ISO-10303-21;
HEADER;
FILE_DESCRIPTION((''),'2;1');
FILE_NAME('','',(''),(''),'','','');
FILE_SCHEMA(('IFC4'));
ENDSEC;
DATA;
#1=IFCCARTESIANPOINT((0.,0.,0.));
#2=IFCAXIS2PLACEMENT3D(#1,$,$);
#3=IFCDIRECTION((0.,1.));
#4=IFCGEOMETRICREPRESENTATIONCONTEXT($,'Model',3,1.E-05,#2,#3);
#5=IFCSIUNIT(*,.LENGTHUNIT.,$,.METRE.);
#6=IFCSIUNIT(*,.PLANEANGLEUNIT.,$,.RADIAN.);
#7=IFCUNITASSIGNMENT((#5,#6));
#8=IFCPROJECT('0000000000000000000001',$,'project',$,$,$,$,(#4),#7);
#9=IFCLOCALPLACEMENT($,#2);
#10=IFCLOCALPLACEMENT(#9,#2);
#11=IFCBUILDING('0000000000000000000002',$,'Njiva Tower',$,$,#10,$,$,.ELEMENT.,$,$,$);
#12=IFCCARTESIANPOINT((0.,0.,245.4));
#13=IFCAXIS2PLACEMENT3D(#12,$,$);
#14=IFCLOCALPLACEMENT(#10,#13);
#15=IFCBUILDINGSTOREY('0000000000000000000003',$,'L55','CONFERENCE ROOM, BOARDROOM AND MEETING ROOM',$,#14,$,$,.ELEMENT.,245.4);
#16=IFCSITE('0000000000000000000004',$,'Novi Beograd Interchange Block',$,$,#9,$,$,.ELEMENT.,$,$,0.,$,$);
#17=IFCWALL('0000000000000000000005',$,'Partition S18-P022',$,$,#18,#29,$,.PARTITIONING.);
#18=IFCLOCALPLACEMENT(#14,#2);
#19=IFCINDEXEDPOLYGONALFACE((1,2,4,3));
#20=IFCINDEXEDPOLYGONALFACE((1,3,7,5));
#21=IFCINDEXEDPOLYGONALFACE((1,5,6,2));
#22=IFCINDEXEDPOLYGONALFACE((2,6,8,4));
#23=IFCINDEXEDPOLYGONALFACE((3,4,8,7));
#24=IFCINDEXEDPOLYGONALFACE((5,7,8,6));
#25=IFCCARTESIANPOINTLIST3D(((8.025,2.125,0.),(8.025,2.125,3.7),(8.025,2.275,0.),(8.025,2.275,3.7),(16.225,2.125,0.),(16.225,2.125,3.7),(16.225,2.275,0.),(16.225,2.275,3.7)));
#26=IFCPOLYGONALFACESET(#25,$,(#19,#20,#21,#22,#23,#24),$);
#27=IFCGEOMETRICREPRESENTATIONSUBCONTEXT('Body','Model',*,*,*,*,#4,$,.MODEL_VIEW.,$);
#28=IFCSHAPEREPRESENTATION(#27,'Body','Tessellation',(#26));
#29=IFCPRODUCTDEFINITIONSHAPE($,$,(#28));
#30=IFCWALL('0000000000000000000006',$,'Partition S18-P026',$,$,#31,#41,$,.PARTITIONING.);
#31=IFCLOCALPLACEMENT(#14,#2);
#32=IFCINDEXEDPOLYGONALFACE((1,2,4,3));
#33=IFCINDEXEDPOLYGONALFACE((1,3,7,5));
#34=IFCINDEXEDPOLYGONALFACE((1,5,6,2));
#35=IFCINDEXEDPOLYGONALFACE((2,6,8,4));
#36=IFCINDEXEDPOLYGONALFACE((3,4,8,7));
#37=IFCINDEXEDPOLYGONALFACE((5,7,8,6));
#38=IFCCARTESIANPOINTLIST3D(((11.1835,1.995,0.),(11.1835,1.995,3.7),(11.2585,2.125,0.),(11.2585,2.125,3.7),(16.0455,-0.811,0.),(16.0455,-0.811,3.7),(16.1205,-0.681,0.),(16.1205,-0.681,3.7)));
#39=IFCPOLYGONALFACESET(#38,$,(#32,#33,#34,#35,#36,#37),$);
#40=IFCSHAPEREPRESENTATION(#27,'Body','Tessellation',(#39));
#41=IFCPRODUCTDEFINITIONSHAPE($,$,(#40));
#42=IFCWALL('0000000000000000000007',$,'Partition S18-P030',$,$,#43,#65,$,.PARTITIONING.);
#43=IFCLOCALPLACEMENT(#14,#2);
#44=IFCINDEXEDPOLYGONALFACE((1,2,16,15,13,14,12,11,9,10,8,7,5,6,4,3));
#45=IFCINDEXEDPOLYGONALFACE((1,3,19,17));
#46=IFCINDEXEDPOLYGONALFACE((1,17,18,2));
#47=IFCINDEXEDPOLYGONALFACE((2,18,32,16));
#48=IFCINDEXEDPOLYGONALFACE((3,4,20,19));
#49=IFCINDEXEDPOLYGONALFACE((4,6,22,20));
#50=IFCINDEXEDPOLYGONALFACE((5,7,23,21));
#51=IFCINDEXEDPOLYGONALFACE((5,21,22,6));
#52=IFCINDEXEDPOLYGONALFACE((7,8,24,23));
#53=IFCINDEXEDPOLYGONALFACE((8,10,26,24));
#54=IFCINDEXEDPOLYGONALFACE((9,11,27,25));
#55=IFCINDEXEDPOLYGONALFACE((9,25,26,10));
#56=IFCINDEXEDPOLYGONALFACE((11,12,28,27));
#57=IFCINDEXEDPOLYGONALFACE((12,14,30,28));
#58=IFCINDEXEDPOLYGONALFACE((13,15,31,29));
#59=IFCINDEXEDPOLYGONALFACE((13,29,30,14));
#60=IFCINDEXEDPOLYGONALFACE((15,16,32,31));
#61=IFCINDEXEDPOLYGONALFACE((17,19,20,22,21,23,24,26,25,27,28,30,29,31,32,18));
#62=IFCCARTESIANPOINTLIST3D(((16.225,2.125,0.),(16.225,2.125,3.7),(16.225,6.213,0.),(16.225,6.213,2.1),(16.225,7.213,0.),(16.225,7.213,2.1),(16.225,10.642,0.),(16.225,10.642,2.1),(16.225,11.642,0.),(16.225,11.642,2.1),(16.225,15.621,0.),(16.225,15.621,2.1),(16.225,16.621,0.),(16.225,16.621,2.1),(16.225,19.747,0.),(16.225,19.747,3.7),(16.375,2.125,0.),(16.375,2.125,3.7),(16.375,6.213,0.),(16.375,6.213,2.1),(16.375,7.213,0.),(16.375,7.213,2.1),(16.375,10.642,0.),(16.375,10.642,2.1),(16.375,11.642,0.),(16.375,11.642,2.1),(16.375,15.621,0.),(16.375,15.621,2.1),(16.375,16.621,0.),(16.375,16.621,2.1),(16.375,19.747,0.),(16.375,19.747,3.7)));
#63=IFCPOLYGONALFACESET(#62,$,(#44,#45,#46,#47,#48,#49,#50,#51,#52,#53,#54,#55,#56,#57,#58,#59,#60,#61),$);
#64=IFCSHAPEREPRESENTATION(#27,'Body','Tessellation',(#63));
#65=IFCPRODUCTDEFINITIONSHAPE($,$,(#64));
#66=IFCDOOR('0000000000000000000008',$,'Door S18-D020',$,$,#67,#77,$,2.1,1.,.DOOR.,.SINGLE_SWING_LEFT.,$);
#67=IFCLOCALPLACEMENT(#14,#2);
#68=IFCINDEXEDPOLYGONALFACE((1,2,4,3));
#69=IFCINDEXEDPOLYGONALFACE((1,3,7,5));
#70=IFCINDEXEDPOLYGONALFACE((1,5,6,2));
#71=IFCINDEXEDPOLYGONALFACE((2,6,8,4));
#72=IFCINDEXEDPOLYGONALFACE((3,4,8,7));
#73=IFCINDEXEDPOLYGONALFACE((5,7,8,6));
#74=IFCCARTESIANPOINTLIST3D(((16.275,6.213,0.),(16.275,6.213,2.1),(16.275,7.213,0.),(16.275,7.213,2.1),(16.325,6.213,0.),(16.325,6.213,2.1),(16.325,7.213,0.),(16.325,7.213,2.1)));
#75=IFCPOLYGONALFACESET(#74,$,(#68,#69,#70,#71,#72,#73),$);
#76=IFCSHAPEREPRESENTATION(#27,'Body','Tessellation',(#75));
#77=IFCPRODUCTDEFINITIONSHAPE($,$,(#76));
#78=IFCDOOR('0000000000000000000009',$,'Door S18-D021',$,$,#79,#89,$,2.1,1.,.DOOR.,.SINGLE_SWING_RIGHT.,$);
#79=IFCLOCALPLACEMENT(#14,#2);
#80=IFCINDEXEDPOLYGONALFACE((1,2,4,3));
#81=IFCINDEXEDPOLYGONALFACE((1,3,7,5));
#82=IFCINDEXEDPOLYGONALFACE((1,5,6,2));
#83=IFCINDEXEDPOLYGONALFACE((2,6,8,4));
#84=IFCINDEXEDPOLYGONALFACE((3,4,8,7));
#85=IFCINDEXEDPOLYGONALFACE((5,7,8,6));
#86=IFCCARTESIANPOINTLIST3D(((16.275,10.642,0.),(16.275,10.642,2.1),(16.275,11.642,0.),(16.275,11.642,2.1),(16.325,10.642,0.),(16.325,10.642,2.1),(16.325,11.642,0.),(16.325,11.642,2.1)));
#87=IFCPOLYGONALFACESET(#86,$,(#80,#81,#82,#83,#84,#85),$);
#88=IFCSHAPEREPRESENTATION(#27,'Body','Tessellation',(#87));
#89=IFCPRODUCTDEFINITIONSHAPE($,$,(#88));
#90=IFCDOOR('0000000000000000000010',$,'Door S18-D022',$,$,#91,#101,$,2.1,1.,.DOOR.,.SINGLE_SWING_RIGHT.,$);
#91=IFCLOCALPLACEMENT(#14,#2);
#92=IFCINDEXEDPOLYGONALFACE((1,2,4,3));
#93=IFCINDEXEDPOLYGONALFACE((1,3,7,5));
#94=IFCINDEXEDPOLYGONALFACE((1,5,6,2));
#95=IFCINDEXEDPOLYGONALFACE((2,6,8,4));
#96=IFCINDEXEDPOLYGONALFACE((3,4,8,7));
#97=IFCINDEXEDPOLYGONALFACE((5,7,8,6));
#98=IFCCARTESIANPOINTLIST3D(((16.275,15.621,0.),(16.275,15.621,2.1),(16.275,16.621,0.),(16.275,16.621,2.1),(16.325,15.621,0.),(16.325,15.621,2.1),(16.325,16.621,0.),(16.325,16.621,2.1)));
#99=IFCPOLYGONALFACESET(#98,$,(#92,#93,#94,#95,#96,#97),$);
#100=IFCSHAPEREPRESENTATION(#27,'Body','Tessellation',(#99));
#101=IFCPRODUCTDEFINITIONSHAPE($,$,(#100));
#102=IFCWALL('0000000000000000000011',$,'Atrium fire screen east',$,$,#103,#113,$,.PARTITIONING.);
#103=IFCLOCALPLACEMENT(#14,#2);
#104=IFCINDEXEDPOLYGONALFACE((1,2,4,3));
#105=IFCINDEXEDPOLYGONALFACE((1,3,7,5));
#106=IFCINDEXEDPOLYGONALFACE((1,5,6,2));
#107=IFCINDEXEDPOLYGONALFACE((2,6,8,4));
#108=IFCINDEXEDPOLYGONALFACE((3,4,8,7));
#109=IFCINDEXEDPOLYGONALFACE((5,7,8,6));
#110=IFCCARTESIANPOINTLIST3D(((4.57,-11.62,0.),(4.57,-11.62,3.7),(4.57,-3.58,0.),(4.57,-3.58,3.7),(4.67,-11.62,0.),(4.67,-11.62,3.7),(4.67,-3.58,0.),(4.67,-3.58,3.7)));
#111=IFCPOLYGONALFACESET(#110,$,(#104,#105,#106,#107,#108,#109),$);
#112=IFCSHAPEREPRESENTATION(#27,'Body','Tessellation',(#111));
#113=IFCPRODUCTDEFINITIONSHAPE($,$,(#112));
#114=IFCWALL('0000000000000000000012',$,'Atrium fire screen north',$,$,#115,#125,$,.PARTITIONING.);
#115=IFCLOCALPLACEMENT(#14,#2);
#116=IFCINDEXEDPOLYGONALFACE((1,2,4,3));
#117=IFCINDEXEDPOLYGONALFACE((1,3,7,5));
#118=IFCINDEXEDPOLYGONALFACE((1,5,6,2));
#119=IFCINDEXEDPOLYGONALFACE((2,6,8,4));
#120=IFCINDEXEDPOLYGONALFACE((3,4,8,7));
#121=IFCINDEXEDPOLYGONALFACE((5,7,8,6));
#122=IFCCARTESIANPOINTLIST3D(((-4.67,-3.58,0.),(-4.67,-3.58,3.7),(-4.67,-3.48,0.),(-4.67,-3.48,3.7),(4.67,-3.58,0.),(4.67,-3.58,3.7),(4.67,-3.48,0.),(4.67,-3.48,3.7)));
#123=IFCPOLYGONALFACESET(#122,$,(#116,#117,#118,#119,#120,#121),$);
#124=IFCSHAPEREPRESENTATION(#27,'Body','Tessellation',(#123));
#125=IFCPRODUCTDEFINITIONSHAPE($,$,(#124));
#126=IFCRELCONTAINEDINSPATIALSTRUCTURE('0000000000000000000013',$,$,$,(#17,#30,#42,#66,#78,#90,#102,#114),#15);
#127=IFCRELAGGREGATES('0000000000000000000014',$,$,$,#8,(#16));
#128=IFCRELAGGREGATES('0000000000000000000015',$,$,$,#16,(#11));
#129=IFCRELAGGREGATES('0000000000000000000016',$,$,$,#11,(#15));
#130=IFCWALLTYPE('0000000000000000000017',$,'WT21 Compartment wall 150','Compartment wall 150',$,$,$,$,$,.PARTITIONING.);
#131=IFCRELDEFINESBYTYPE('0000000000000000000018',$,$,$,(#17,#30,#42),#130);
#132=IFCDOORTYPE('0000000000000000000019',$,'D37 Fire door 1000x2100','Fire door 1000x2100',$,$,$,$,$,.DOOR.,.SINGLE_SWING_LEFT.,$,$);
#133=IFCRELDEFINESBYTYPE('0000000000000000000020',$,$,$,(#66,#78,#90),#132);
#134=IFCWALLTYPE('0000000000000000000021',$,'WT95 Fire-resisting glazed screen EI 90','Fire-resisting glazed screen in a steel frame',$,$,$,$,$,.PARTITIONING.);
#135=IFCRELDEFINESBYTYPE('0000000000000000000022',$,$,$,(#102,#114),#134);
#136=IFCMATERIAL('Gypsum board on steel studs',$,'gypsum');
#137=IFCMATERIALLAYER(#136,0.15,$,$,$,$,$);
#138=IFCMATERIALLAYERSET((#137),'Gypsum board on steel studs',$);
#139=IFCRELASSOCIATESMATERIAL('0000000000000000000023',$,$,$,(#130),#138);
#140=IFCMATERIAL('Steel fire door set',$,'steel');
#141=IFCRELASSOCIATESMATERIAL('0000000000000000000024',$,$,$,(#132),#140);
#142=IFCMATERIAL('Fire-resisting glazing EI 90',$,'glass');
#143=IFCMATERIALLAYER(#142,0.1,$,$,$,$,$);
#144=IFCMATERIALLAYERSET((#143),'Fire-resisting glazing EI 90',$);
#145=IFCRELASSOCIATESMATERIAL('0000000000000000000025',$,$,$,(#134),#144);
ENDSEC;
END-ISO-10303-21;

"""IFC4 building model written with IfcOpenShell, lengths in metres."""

from ifc_helpers import new_model, si_unit, direction, frame, frame_2d, origin, place, context, subcontext, project, spatial, rectangle, extrude, material, layer, layer_set, type_object, element, fill, save


model = new_model("IFC4")

# Units and contexts
model_context = context("Model", 3, precision=1e-05, world=origin(), true_north=direction((0.0, 1.0)))
body_context = subcontext(model_context, "Body", "Model", "MODEL_VIEW")
ifc_project = project(units=[si_unit("LENGTHUNIT", "METRE"), si_unit("PLANEANGLEUNIT", "RADIAN")], contexts=[model_context])

# Site, building, storey
site_placement = place(None, origin())
site = spatial("IfcSite", under=ifc_project, at=site_placement, Name="Novi Beograd Interchange Block", CompositionType="ELEMENT", RefElevation=0.0)
building_placement = place(site_placement, origin())
building = spatial("IfcBuilding", under=site, at=building_placement, Name="Njiva Tower", CompositionType="ELEMENT")
storey_placement = place(building_placement, frame((0.0, 0.0, 245.4)))
storey = spatial("IfcBuildingStorey", under=building, at=storey_placement, Name="L55", Description="CONFERENCE ROOM, BOARDROOM AND MEETING ROOM", CompositionType="ELEMENT", Elevation=245.4)

# Shared definitions
ifc_material_1 = material(Name="Gypsum board on steel studs", Category="gypsum")

# Shared definitions
ifc_layer_1 = layer(ifc_material_1, 0.15)
ifc_layer_set_1 = layer_set([ifc_layer_1], Name="Gypsum board on steel studs")
wall_type_1 = type_object("IfcWallType", Name="WT21 Compartment wall 150", Description="Compartment wall 150", PredefinedType="PARTITIONING", material=ifc_layer_set_1)
ifc_material_2 = material(Name="Steel fire door set", Category="steel")
door_type = type_object("IfcDoorType", Name="D37 Fire door 1000x2100", Description="Fire door 1000x2100", OperationType="SINGLE_SWING_LEFT", PredefinedType="DOOR", material=ifc_material_2)

# Walls
wall_1_placement = place(storey_placement, frame((8.025, 2.2, 0.0), z_axis=(0.0, 0.0, 1.0), x_axis=(1.0, 0.0, 0.0)))
element("IfcWall", 1, at=wall_1_placement, inside=storey, type_object=wall_type_1, Name="Partition S18-P022", PredefinedType="PARTITIONING", context=body_context, shape_type="SweptSolid", body=[
    extrude(rectangle(XDim=8.2, YDim=0.15, at=frame_2d((4.1, 0.0))), origin(), (0.0, 0.0, 1.0), 3.7),
])
wall_2_placement = place(storey_placement, frame((11.221, 2.06, 0.0), z_axis=(0.0, 0.0, 1.0), x_axis=(0.866108, -0.499856, 0.0)))
element("IfcWall", 2, at=wall_2_placement, inside=storey, type_object=wall_type_1, Name="Partition S18-P026", PredefinedType="PARTITIONING", context=body_context, shape_type="SweptSolid", body=[
    extrude(rectangle(XDim=5.6136, YDim=0.15, at=frame_2d((2.8068, 0.0))), origin(), (0.0, 0.0, 1.0), 3.7),
])

# Wall, openings, doors
wall_3_placement = place(storey_placement, frame((16.3, 2.125, 0.0), z_axis=(0.0, 0.0, 1.0), x_axis=(0.0, 1.0, 0.0)))
wall_3 = element("IfcWall", 3, at=wall_3_placement, inside=storey, type_object=wall_type_1, Name="Partition S18-P030", PredefinedType="PARTITIONING", context=body_context, shape_type="SweptSolid", body=[
    extrude(rectangle(XDim=17.622, YDim=0.15, at=frame_2d((8.811, 0.0))), origin(), (0.0, 0.0, 1.0), 3.7),
])
opening_1_placement = place(wall_3_placement, frame((4.088, 0.0, 0.0)))
opening_1 = element("IfcOpeningElement", 4, at=opening_1_placement, cuts=wall_3, PredefinedType="OPENING", context=body_context, shape_type="SweptSolid", body=[
    extrude(rectangle(XDim=1.0, YDim=2.1, at=frame_2d((0.5, 1.05))), frame((0.0, 0.085, 0.0), z_axis=(0.0, -1.0, 0.0), x_axis=(1.0, 0.0, 0.0)), (0.0, 0.0, 1.0), 0.17),
])
opening_2_placement = place(wall_3_placement, frame((8.517, 0.0, 0.0)))
opening_2 = element("IfcOpeningElement", 5, at=opening_2_placement, cuts=wall_3, PredefinedType="OPENING", context=body_context, shape_type="SweptSolid", body=[
    extrude(rectangle(XDim=1.0, YDim=2.1, at=frame_2d((0.5, 1.05))), frame((0.0, 0.085, 0.0), z_axis=(0.0, -1.0, 0.0), x_axis=(1.0, 0.0, 0.0)), (0.0, 0.0, 1.0), 0.17),
])
opening_3_placement = place(wall_3_placement, frame((13.496, 0.0, 0.0)))
opening_3 = element("IfcOpeningElement", 6, at=opening_3_placement, cuts=wall_3, PredefinedType="OPENING", context=body_context, shape_type="SweptSolid", body=[
    extrude(rectangle(XDim=1.0, YDim=2.1, at=frame_2d((0.5, 1.05))), frame((0.0, 0.085, 0.0), z_axis=(0.0, -1.0, 0.0), x_axis=(1.0, 0.0, 0.0)), (0.0, 0.0, 1.0), 0.17),
])
door_1_placement = place(opening_1_placement, origin())
door_1 = element("IfcDoor", 7, at=door_1_placement, inside=storey, type_object=door_type, Name="Door S18-D020", OperationType="SINGLE_SWING_LEFT", OverallHeight=2.1, OverallWidth=1.0, PredefinedType="DOOR", context=body_context, shape_type="SweptSolid", body=[
    extrude(rectangle(XDim=1.0, YDim=2.1, at=frame_2d((0.5, 1.05))), frame((0.0, 0.025, 0.0), z_axis=(0.0, -1.0, 0.0), x_axis=(1.0, 0.0, 0.0)), (0.0, 0.0, 1.0), 0.05),
])
fill(opening_1, door_1)
door_2_placement = place(opening_2_placement, origin())
door_2 = element("IfcDoor", 8, at=door_2_placement, inside=storey, type_object=door_type, Name="Door S18-D021", OperationType="SINGLE_SWING_RIGHT", OverallHeight=2.1, OverallWidth=1.0, PredefinedType="DOOR", context=body_context, shape_type="SweptSolid", body=[
    extrude(rectangle(XDim=1.0, YDim=2.1, at=frame_2d((0.5, 1.05))), frame((0.0, 0.025, 0.0), z_axis=(0.0, -1.0, 0.0), x_axis=(1.0, 0.0, 0.0)), (0.0, 0.0, 1.0), 0.05),
])
fill(opening_2, door_2)
door_3_placement = place(opening_3_placement, origin())
door_3 = element("IfcDoor", 9, at=door_3_placement, inside=storey, type_object=door_type, Name="Door S18-D022", OperationType="SINGLE_SWING_RIGHT", OverallHeight=2.1, OverallWidth=1.0, PredefinedType="DOOR", context=body_context, shape_type="SweptSolid", body=[
    extrude(rectangle(XDim=1.0, YDim=2.1, at=frame_2d((0.5, 1.05))), frame((0.0, 0.025, 0.0), z_axis=(0.0, -1.0, 0.0), x_axis=(1.0, 0.0, 0.0)), (0.0, 0.0, 1.0), 0.05),
])
fill(opening_3, door_3)

# Walls
ifc_material_3 = material(Name="Fire-resisting glazing EI 90", Category="glass")
ifc_layer_2 = layer(ifc_material_3, 0.1)
ifc_layer_set_2 = layer_set([ifc_layer_2], Name="Fire-resisting glazing EI 90")
wall_type_2 = type_object("IfcWallType", Name="WT95 Fire-resisting glazed screen EI 90", Description="Fire-resisting glazed screen in a steel frame", PredefinedType="PARTITIONING", material=ifc_layer_set_2)
wall_4_placement = place(storey_placement, frame((4.62, -11.62, 0.0), z_axis=(0.0, 0.0, 1.0), x_axis=(0.0, 1.0, 0.0)))
element("IfcWall", 10, at=wall_4_placement, inside=storey, type_object=wall_type_2, Name="Atrium fire screen east", PredefinedType="PARTITIONING", context=body_context, shape_type="SweptSolid", body=[
    extrude(rectangle(XDim=8.04, YDim=0.1, at=frame_2d((4.02, 0.0))), origin(), (0.0, 0.0, 1.0), 3.7),
])
wall_5_placement = place(storey_placement, frame((4.67, -3.53, 0.0), z_axis=(0.0, 0.0, 1.0), x_axis=(-1.0, 0.0, 0.0)))
element("IfcWall", 11, at=wall_5_placement, inside=storey, type_object=wall_type_2, Name="Atrium fire screen north", PredefinedType="PARTITIONING", context=body_context, shape_type="SweptSolid", body=[
    extrude(rectangle(XDim=9.34, YDim=0.1, at=frame_2d((4.67, 0.0))), origin(), (0.0, 0.0, 1.0), 3.7),
])

save(model, "model.ifc")
